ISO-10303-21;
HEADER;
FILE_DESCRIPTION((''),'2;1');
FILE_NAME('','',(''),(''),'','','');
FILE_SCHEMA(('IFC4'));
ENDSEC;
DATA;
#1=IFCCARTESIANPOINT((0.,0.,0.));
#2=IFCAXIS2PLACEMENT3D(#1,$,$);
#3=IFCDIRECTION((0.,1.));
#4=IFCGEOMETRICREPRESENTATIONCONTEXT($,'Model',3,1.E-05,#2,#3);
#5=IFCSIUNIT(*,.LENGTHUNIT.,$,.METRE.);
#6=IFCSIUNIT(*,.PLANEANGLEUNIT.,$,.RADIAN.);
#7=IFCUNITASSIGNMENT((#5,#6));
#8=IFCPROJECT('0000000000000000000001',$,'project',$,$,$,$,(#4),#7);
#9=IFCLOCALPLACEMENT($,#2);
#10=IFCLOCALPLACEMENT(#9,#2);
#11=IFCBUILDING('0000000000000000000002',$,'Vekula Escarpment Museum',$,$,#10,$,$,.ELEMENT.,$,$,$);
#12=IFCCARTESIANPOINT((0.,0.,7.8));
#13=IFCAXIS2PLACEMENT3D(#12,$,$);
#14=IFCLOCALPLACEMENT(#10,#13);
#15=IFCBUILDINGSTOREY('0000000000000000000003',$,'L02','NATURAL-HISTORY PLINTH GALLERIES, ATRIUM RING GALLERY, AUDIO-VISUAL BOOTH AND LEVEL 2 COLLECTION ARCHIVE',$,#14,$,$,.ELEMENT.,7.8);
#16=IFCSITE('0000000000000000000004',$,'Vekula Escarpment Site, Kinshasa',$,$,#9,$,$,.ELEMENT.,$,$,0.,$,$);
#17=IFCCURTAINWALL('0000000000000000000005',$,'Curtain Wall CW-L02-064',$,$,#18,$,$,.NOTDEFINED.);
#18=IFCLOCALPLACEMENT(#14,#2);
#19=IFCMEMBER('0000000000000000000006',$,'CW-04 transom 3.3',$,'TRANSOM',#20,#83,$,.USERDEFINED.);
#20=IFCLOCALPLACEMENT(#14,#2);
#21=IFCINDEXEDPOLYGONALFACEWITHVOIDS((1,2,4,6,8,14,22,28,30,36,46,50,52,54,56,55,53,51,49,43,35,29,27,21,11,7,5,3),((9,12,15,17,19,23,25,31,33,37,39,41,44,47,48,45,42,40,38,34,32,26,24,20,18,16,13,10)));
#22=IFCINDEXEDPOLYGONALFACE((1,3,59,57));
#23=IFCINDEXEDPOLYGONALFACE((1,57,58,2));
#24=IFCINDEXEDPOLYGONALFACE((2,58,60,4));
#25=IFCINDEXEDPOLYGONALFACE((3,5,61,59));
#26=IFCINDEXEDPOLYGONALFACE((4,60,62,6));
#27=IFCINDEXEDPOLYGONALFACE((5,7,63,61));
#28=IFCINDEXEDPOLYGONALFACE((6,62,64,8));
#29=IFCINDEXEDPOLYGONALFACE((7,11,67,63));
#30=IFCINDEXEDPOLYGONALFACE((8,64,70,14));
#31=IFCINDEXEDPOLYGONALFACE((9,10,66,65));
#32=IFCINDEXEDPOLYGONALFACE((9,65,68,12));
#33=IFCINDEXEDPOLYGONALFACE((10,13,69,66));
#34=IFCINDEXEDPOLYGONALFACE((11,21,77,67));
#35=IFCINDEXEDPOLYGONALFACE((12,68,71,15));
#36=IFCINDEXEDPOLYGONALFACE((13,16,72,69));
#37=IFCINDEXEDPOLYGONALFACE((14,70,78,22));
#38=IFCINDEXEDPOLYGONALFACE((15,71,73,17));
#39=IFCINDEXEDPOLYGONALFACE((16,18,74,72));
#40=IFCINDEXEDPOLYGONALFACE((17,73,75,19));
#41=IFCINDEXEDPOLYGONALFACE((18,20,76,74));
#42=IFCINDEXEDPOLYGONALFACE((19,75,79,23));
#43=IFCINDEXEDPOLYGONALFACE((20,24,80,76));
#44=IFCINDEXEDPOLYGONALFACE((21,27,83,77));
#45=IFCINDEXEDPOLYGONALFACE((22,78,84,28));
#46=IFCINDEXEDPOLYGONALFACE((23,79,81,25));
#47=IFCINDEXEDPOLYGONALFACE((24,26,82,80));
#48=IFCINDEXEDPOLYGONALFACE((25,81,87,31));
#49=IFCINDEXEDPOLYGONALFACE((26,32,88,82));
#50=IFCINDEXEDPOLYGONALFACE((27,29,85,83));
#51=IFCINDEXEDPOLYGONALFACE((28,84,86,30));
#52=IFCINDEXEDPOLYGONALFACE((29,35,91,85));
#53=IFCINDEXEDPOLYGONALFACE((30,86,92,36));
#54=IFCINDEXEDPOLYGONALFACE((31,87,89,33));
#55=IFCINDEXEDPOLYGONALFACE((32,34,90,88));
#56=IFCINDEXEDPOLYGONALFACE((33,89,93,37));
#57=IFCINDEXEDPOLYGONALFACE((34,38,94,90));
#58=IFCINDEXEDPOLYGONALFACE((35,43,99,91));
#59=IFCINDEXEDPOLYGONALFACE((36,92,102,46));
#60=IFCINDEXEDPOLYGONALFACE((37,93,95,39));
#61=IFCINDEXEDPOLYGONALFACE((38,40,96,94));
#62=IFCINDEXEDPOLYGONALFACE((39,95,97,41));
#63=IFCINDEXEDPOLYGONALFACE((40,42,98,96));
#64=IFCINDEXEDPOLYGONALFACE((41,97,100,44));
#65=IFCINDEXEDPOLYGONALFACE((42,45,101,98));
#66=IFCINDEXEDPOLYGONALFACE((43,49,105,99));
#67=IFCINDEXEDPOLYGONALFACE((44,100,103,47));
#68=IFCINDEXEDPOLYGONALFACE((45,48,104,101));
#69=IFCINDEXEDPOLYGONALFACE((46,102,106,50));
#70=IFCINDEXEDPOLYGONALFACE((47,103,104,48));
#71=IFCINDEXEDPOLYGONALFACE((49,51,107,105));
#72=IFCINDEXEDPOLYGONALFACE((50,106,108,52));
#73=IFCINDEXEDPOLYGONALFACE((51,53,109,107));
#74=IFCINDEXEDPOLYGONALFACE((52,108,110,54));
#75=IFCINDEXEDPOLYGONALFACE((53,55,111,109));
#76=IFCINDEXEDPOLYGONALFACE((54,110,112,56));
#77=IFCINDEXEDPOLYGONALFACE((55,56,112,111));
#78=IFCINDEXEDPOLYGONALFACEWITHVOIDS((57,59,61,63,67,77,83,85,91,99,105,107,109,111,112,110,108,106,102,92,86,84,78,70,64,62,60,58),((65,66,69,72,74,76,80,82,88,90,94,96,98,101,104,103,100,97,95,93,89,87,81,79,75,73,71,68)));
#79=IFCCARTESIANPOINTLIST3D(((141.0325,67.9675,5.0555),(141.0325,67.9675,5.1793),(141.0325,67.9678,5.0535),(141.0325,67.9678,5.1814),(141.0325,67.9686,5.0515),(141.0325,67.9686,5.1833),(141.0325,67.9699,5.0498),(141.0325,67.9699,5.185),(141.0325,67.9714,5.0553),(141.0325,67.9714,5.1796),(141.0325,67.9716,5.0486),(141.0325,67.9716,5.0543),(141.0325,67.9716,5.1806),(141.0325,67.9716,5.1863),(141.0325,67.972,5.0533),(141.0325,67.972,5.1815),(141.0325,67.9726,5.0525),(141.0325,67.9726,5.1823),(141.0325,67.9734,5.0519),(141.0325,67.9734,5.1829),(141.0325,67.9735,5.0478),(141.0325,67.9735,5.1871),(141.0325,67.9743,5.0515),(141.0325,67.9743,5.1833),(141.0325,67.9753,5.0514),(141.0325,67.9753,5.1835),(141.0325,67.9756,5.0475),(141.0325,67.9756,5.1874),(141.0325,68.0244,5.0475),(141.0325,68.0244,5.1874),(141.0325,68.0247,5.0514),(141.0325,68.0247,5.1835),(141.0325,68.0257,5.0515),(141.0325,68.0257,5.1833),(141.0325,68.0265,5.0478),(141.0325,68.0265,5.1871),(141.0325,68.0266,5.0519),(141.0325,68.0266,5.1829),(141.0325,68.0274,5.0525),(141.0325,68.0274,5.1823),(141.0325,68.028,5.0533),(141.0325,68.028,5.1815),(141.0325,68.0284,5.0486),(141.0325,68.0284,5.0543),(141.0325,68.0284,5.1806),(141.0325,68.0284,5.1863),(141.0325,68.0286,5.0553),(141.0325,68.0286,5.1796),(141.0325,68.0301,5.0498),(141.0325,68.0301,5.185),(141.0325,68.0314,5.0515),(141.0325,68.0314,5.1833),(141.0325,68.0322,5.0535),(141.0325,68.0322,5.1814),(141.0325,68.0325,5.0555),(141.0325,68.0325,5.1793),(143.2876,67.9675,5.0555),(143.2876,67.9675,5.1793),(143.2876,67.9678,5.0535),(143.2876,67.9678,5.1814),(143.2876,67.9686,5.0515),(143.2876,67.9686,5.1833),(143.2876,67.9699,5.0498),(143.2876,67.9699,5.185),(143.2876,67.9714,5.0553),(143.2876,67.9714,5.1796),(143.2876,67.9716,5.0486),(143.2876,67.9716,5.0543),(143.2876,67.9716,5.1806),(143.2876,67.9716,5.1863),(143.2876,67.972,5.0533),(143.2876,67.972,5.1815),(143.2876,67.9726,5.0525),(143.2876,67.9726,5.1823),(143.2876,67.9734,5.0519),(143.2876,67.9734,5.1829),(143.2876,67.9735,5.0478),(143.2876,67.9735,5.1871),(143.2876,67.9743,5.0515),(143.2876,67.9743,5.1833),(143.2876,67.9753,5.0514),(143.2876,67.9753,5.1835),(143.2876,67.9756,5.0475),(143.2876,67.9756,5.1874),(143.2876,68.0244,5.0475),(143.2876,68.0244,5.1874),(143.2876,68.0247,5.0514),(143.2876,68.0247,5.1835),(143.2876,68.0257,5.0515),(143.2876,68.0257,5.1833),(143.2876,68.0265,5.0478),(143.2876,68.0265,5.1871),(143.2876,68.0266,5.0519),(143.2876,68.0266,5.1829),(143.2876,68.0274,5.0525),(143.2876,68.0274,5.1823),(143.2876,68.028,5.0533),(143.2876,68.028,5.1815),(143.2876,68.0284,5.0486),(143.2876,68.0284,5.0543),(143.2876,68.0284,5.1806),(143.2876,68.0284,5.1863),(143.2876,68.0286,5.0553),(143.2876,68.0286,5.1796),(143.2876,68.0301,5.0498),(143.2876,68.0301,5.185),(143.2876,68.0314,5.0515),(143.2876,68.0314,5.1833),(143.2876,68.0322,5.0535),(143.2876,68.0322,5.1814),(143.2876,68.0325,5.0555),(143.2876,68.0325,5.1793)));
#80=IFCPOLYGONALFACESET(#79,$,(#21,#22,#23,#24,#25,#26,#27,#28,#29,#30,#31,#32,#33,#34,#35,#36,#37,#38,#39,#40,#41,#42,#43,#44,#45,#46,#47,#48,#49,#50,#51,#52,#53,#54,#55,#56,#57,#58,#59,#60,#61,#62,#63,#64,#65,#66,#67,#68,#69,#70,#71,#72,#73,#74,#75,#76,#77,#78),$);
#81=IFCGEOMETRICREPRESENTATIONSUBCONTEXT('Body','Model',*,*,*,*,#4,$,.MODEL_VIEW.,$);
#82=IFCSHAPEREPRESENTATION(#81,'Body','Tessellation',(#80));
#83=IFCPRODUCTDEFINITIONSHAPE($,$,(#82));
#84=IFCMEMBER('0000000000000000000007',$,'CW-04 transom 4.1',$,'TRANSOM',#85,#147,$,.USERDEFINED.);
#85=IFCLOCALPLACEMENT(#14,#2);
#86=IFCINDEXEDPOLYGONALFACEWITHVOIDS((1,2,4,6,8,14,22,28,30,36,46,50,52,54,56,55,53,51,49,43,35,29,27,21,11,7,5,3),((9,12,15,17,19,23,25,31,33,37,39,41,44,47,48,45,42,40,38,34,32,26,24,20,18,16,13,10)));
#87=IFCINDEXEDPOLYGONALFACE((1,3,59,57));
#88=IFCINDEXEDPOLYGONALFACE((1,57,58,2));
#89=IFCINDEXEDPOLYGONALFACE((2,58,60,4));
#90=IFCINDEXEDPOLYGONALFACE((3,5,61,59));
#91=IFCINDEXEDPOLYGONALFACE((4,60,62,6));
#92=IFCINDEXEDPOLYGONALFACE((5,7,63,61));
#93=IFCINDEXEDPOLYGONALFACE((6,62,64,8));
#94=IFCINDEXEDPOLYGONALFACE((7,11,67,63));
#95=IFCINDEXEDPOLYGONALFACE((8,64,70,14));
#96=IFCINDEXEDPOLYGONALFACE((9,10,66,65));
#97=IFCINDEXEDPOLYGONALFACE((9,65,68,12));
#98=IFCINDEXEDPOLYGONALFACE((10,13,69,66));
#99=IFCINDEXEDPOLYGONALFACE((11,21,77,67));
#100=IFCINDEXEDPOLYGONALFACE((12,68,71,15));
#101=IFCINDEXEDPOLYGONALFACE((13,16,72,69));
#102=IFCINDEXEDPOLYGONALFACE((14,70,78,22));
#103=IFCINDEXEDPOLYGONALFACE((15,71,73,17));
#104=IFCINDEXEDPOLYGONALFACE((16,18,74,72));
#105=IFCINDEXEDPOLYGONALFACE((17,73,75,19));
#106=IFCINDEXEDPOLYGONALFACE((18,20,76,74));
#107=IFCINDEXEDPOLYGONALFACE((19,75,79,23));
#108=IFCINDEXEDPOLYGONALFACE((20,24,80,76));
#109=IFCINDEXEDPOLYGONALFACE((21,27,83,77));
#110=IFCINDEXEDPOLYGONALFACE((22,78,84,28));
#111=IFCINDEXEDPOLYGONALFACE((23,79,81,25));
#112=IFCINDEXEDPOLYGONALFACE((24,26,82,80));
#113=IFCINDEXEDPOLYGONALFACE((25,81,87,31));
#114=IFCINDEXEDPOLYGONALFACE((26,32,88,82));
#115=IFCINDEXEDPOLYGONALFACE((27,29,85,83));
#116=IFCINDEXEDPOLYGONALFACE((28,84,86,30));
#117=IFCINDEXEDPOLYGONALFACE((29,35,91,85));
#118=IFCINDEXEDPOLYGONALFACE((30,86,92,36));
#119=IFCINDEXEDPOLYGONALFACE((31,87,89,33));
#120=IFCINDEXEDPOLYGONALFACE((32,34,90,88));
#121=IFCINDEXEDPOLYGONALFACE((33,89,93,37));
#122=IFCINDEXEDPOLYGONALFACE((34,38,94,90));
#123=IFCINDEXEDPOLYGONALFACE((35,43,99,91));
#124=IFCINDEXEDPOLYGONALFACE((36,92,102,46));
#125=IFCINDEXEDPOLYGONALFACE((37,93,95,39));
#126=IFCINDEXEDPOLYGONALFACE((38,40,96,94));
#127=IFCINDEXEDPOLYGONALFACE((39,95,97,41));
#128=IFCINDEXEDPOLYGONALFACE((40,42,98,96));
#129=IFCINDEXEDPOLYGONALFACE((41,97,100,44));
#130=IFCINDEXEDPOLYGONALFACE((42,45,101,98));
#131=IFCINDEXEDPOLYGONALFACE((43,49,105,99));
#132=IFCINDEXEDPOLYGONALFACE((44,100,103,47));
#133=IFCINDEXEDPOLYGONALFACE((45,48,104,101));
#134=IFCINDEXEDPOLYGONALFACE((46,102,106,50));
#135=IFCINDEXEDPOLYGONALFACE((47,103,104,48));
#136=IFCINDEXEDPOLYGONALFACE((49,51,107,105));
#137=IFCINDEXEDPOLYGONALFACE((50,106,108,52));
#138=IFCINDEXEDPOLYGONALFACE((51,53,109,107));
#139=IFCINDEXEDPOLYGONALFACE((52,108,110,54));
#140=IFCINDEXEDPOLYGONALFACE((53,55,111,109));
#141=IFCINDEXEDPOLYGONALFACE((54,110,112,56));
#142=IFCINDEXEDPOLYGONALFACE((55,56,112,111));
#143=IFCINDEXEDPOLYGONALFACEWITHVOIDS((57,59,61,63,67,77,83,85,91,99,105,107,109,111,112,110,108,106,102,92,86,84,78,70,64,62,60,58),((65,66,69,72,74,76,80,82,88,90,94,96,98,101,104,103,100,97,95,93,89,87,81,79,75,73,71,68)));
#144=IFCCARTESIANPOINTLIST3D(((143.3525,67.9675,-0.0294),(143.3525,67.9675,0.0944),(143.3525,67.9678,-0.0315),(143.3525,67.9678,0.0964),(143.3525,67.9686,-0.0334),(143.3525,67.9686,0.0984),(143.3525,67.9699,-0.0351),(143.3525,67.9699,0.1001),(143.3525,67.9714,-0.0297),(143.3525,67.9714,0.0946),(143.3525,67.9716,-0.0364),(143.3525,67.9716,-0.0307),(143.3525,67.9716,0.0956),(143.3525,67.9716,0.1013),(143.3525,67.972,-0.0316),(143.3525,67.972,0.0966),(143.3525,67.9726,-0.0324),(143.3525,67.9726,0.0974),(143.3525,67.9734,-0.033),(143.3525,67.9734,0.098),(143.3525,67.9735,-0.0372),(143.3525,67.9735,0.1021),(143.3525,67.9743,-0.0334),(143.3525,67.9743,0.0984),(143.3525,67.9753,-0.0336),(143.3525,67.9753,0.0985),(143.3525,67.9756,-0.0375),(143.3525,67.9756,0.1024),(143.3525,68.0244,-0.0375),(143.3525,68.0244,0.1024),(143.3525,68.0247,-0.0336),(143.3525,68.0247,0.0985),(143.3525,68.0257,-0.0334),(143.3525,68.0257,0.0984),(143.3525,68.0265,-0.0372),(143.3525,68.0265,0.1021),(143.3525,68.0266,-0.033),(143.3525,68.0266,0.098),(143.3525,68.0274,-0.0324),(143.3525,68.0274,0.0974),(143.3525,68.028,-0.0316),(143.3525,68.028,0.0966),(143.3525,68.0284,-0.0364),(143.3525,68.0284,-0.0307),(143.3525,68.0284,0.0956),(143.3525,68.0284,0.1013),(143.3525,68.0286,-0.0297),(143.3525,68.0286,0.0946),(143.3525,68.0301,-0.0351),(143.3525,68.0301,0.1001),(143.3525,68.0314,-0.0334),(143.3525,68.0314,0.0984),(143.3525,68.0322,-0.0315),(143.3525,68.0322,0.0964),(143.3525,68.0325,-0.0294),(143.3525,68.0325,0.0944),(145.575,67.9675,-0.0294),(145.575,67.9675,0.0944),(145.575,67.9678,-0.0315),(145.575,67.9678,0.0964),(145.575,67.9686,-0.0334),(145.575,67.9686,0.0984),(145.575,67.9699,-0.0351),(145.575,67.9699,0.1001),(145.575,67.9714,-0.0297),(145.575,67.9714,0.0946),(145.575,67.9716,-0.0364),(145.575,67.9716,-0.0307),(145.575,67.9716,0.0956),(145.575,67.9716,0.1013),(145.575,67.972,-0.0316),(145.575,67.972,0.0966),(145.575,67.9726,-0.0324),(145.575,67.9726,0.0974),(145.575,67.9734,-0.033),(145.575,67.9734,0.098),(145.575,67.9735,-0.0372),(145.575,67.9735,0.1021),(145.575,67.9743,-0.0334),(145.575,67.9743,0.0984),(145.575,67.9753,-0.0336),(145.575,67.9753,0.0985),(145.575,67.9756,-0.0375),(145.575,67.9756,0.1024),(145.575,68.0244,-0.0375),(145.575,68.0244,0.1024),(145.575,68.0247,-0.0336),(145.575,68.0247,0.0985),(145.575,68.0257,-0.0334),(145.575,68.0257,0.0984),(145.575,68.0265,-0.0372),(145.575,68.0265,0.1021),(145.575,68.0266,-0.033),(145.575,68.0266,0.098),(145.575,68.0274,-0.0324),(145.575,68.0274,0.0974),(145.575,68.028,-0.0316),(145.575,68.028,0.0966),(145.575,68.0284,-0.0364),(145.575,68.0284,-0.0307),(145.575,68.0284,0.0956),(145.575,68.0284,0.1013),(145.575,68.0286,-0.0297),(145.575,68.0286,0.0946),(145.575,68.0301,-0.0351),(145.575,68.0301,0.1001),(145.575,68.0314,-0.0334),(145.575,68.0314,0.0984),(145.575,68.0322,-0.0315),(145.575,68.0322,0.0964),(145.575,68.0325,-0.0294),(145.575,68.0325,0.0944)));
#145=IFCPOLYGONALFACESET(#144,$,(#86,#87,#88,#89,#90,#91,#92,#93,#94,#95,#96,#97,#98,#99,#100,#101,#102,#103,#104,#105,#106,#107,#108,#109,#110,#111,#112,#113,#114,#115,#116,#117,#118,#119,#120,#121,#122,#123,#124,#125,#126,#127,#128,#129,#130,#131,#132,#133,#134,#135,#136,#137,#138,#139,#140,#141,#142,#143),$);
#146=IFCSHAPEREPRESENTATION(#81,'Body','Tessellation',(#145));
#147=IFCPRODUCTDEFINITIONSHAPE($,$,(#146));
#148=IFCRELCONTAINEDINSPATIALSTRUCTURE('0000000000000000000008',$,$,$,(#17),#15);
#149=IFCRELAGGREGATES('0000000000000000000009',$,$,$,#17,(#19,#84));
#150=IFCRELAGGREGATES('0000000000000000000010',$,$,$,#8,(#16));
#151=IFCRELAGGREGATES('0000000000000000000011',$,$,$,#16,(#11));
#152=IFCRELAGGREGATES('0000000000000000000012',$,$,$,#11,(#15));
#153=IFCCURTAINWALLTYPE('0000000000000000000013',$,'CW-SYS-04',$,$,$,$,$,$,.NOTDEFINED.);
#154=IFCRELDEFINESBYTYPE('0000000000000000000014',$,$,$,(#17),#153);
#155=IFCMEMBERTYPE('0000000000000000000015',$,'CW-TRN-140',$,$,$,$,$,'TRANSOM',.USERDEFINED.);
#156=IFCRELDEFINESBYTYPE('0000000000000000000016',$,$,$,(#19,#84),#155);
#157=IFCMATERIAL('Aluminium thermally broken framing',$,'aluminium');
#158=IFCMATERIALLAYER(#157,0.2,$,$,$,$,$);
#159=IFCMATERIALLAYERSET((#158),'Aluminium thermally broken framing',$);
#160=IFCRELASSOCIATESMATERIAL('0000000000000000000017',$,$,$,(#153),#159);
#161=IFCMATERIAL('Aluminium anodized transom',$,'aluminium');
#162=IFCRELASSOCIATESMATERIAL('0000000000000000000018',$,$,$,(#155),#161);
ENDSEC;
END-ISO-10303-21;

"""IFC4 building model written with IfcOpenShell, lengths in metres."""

from ifc_helpers import new_model, si_unit, direction, frame, origin, origin_2d, place, context, subcontext, project, spatial, hollow_rectangle, extrude, material, layer, layer_set, material_profile, profile_set, type_object, element, aggregate, save


model = new_model("IFC4")

# Units and contexts
model_context = context("Model", 3, precision=1e-05, world=origin(), true_north=direction((0.0, 1.0)))
body_context = subcontext(model_context, "Body", "Model", "MODEL_VIEW")
ifc_project = project(units=[si_unit("LENGTHUNIT", "METRE"), si_unit("PLANEANGLEUNIT", "RADIAN")], contexts=[model_context])

# Site, building, storey
site_placement = place(None, origin())
site = spatial("IfcSite", under=ifc_project, at=site_placement, Name="Vekula Escarpment Site, Kinshasa", CompositionType="ELEMENT", RefElevation=0.0)
building_placement = place(site_placement, origin())
building = spatial("IfcBuilding", under=site, at=building_placement, Name="Vekula Escarpment Museum", CompositionType="ELEMENT")
storey_placement = place(building_placement, frame((0.0, 0.0, 7.8)))
storey = spatial("IfcBuildingStorey", under=building, at=storey_placement, Name="L02", Description="NATURAL-HISTORY PLINTH GALLERIES, ATRIUM RING GALLERY, AUDIO-VISUAL BOOTH AND LEVEL 2 COLLECTION ARCHIVE", CompositionType="ELEMENT", Elevation=7.8)

# Curtain wall, members
ifc_material_1 = material(Name="Aluminium thermally broken framing", Category="aluminium")
ifc_layer_1 = layer(ifc_material_1, 0.2)
ifc_layer_set_1 = layer_set([ifc_layer_1], Name="Aluminium thermally broken framing")
curtain_wall_type = type_object("IfcCurtainWallType", Name="CW-SYS-04", PredefinedType="NOTDEFINED", material=ifc_layer_set_1)
curtain_wall_placement = place(storey_placement, origin())
curtain_wall = element("IfcCurtainWall", 1, at=curtain_wall_placement, inside=storey, type_object=curtain_wall_type, Name="Curtain Wall CW-L02-064", PredefinedType="NOTDEFINED")
ifc_material_2 = material(Name="Aluminium anodized transom", Category="aluminium")
ifc_material_profile_1 = material_profile(ifc_material_2, hollow_rectangle(XDim=0.0649, YDim=0.1399, WallThickness=0.0039, InnerFilletRadius=0.0039, OuterFilletRadius=0.0081, at=origin_2d()), Name="ALU 140x65x4")
ifc_profile_set_1 = profile_set([ifc_material_profile_1], Name="Aluminium anodized transom")
member_type_1 = type_object("IfcMemberType", Name="CW-TRN-140", ElementType="TRANSOM", PredefinedType="USERDEFINED", material=ifc_profile_set_1)
member_1_placement = place(storey_placement, frame((141.0325, 68.0, 5.1174), z_axis=(1.0, 0.0, 0.0), x_axis=(0.0, 1.0, 0.0)))
member_1 = element("IfcMember", 2, at=member_1_placement, type_object=member_type_1, Name="CW-04 transom 3.3", ObjectType="TRANSOM", PredefinedType="USERDEFINED", context=body_context, shape_type="SweptSolid", body=[
    extrude(hollow_rectangle(XDim=0.0649, YDim=0.1399, WallThickness=0.0039, InnerFilletRadius=0.0039, OuterFilletRadius=0.0081, at=origin_2d()), origin(), (0.0, 0.0, 1.0), 2.2551),
])
member_2_placement = place(storey_placement, frame((143.3525, 68.0, 0.0325), z_axis=(1.0, 0.0, 0.0), x_axis=(0.0, 1.0, 0.0)))
member_2 = element("IfcMember", 3, at=member_2_placement, type_object=member_type_1, Name="CW-04 transom 4.1", ObjectType="TRANSOM", PredefinedType="USERDEFINED", context=body_context, shape_type="SweptSolid", body=[
    extrude(hollow_rectangle(XDim=0.0649, YDim=0.1399, WallThickness=0.0039, InnerFilletRadius=0.0039, OuterFilletRadius=0.0081, at=origin_2d()), origin(), (0.0, 0.0, 1.0), 2.2224),
])
aggregate(curtain_wall, [member_1, member_2])

save(model, "model.ifc")
